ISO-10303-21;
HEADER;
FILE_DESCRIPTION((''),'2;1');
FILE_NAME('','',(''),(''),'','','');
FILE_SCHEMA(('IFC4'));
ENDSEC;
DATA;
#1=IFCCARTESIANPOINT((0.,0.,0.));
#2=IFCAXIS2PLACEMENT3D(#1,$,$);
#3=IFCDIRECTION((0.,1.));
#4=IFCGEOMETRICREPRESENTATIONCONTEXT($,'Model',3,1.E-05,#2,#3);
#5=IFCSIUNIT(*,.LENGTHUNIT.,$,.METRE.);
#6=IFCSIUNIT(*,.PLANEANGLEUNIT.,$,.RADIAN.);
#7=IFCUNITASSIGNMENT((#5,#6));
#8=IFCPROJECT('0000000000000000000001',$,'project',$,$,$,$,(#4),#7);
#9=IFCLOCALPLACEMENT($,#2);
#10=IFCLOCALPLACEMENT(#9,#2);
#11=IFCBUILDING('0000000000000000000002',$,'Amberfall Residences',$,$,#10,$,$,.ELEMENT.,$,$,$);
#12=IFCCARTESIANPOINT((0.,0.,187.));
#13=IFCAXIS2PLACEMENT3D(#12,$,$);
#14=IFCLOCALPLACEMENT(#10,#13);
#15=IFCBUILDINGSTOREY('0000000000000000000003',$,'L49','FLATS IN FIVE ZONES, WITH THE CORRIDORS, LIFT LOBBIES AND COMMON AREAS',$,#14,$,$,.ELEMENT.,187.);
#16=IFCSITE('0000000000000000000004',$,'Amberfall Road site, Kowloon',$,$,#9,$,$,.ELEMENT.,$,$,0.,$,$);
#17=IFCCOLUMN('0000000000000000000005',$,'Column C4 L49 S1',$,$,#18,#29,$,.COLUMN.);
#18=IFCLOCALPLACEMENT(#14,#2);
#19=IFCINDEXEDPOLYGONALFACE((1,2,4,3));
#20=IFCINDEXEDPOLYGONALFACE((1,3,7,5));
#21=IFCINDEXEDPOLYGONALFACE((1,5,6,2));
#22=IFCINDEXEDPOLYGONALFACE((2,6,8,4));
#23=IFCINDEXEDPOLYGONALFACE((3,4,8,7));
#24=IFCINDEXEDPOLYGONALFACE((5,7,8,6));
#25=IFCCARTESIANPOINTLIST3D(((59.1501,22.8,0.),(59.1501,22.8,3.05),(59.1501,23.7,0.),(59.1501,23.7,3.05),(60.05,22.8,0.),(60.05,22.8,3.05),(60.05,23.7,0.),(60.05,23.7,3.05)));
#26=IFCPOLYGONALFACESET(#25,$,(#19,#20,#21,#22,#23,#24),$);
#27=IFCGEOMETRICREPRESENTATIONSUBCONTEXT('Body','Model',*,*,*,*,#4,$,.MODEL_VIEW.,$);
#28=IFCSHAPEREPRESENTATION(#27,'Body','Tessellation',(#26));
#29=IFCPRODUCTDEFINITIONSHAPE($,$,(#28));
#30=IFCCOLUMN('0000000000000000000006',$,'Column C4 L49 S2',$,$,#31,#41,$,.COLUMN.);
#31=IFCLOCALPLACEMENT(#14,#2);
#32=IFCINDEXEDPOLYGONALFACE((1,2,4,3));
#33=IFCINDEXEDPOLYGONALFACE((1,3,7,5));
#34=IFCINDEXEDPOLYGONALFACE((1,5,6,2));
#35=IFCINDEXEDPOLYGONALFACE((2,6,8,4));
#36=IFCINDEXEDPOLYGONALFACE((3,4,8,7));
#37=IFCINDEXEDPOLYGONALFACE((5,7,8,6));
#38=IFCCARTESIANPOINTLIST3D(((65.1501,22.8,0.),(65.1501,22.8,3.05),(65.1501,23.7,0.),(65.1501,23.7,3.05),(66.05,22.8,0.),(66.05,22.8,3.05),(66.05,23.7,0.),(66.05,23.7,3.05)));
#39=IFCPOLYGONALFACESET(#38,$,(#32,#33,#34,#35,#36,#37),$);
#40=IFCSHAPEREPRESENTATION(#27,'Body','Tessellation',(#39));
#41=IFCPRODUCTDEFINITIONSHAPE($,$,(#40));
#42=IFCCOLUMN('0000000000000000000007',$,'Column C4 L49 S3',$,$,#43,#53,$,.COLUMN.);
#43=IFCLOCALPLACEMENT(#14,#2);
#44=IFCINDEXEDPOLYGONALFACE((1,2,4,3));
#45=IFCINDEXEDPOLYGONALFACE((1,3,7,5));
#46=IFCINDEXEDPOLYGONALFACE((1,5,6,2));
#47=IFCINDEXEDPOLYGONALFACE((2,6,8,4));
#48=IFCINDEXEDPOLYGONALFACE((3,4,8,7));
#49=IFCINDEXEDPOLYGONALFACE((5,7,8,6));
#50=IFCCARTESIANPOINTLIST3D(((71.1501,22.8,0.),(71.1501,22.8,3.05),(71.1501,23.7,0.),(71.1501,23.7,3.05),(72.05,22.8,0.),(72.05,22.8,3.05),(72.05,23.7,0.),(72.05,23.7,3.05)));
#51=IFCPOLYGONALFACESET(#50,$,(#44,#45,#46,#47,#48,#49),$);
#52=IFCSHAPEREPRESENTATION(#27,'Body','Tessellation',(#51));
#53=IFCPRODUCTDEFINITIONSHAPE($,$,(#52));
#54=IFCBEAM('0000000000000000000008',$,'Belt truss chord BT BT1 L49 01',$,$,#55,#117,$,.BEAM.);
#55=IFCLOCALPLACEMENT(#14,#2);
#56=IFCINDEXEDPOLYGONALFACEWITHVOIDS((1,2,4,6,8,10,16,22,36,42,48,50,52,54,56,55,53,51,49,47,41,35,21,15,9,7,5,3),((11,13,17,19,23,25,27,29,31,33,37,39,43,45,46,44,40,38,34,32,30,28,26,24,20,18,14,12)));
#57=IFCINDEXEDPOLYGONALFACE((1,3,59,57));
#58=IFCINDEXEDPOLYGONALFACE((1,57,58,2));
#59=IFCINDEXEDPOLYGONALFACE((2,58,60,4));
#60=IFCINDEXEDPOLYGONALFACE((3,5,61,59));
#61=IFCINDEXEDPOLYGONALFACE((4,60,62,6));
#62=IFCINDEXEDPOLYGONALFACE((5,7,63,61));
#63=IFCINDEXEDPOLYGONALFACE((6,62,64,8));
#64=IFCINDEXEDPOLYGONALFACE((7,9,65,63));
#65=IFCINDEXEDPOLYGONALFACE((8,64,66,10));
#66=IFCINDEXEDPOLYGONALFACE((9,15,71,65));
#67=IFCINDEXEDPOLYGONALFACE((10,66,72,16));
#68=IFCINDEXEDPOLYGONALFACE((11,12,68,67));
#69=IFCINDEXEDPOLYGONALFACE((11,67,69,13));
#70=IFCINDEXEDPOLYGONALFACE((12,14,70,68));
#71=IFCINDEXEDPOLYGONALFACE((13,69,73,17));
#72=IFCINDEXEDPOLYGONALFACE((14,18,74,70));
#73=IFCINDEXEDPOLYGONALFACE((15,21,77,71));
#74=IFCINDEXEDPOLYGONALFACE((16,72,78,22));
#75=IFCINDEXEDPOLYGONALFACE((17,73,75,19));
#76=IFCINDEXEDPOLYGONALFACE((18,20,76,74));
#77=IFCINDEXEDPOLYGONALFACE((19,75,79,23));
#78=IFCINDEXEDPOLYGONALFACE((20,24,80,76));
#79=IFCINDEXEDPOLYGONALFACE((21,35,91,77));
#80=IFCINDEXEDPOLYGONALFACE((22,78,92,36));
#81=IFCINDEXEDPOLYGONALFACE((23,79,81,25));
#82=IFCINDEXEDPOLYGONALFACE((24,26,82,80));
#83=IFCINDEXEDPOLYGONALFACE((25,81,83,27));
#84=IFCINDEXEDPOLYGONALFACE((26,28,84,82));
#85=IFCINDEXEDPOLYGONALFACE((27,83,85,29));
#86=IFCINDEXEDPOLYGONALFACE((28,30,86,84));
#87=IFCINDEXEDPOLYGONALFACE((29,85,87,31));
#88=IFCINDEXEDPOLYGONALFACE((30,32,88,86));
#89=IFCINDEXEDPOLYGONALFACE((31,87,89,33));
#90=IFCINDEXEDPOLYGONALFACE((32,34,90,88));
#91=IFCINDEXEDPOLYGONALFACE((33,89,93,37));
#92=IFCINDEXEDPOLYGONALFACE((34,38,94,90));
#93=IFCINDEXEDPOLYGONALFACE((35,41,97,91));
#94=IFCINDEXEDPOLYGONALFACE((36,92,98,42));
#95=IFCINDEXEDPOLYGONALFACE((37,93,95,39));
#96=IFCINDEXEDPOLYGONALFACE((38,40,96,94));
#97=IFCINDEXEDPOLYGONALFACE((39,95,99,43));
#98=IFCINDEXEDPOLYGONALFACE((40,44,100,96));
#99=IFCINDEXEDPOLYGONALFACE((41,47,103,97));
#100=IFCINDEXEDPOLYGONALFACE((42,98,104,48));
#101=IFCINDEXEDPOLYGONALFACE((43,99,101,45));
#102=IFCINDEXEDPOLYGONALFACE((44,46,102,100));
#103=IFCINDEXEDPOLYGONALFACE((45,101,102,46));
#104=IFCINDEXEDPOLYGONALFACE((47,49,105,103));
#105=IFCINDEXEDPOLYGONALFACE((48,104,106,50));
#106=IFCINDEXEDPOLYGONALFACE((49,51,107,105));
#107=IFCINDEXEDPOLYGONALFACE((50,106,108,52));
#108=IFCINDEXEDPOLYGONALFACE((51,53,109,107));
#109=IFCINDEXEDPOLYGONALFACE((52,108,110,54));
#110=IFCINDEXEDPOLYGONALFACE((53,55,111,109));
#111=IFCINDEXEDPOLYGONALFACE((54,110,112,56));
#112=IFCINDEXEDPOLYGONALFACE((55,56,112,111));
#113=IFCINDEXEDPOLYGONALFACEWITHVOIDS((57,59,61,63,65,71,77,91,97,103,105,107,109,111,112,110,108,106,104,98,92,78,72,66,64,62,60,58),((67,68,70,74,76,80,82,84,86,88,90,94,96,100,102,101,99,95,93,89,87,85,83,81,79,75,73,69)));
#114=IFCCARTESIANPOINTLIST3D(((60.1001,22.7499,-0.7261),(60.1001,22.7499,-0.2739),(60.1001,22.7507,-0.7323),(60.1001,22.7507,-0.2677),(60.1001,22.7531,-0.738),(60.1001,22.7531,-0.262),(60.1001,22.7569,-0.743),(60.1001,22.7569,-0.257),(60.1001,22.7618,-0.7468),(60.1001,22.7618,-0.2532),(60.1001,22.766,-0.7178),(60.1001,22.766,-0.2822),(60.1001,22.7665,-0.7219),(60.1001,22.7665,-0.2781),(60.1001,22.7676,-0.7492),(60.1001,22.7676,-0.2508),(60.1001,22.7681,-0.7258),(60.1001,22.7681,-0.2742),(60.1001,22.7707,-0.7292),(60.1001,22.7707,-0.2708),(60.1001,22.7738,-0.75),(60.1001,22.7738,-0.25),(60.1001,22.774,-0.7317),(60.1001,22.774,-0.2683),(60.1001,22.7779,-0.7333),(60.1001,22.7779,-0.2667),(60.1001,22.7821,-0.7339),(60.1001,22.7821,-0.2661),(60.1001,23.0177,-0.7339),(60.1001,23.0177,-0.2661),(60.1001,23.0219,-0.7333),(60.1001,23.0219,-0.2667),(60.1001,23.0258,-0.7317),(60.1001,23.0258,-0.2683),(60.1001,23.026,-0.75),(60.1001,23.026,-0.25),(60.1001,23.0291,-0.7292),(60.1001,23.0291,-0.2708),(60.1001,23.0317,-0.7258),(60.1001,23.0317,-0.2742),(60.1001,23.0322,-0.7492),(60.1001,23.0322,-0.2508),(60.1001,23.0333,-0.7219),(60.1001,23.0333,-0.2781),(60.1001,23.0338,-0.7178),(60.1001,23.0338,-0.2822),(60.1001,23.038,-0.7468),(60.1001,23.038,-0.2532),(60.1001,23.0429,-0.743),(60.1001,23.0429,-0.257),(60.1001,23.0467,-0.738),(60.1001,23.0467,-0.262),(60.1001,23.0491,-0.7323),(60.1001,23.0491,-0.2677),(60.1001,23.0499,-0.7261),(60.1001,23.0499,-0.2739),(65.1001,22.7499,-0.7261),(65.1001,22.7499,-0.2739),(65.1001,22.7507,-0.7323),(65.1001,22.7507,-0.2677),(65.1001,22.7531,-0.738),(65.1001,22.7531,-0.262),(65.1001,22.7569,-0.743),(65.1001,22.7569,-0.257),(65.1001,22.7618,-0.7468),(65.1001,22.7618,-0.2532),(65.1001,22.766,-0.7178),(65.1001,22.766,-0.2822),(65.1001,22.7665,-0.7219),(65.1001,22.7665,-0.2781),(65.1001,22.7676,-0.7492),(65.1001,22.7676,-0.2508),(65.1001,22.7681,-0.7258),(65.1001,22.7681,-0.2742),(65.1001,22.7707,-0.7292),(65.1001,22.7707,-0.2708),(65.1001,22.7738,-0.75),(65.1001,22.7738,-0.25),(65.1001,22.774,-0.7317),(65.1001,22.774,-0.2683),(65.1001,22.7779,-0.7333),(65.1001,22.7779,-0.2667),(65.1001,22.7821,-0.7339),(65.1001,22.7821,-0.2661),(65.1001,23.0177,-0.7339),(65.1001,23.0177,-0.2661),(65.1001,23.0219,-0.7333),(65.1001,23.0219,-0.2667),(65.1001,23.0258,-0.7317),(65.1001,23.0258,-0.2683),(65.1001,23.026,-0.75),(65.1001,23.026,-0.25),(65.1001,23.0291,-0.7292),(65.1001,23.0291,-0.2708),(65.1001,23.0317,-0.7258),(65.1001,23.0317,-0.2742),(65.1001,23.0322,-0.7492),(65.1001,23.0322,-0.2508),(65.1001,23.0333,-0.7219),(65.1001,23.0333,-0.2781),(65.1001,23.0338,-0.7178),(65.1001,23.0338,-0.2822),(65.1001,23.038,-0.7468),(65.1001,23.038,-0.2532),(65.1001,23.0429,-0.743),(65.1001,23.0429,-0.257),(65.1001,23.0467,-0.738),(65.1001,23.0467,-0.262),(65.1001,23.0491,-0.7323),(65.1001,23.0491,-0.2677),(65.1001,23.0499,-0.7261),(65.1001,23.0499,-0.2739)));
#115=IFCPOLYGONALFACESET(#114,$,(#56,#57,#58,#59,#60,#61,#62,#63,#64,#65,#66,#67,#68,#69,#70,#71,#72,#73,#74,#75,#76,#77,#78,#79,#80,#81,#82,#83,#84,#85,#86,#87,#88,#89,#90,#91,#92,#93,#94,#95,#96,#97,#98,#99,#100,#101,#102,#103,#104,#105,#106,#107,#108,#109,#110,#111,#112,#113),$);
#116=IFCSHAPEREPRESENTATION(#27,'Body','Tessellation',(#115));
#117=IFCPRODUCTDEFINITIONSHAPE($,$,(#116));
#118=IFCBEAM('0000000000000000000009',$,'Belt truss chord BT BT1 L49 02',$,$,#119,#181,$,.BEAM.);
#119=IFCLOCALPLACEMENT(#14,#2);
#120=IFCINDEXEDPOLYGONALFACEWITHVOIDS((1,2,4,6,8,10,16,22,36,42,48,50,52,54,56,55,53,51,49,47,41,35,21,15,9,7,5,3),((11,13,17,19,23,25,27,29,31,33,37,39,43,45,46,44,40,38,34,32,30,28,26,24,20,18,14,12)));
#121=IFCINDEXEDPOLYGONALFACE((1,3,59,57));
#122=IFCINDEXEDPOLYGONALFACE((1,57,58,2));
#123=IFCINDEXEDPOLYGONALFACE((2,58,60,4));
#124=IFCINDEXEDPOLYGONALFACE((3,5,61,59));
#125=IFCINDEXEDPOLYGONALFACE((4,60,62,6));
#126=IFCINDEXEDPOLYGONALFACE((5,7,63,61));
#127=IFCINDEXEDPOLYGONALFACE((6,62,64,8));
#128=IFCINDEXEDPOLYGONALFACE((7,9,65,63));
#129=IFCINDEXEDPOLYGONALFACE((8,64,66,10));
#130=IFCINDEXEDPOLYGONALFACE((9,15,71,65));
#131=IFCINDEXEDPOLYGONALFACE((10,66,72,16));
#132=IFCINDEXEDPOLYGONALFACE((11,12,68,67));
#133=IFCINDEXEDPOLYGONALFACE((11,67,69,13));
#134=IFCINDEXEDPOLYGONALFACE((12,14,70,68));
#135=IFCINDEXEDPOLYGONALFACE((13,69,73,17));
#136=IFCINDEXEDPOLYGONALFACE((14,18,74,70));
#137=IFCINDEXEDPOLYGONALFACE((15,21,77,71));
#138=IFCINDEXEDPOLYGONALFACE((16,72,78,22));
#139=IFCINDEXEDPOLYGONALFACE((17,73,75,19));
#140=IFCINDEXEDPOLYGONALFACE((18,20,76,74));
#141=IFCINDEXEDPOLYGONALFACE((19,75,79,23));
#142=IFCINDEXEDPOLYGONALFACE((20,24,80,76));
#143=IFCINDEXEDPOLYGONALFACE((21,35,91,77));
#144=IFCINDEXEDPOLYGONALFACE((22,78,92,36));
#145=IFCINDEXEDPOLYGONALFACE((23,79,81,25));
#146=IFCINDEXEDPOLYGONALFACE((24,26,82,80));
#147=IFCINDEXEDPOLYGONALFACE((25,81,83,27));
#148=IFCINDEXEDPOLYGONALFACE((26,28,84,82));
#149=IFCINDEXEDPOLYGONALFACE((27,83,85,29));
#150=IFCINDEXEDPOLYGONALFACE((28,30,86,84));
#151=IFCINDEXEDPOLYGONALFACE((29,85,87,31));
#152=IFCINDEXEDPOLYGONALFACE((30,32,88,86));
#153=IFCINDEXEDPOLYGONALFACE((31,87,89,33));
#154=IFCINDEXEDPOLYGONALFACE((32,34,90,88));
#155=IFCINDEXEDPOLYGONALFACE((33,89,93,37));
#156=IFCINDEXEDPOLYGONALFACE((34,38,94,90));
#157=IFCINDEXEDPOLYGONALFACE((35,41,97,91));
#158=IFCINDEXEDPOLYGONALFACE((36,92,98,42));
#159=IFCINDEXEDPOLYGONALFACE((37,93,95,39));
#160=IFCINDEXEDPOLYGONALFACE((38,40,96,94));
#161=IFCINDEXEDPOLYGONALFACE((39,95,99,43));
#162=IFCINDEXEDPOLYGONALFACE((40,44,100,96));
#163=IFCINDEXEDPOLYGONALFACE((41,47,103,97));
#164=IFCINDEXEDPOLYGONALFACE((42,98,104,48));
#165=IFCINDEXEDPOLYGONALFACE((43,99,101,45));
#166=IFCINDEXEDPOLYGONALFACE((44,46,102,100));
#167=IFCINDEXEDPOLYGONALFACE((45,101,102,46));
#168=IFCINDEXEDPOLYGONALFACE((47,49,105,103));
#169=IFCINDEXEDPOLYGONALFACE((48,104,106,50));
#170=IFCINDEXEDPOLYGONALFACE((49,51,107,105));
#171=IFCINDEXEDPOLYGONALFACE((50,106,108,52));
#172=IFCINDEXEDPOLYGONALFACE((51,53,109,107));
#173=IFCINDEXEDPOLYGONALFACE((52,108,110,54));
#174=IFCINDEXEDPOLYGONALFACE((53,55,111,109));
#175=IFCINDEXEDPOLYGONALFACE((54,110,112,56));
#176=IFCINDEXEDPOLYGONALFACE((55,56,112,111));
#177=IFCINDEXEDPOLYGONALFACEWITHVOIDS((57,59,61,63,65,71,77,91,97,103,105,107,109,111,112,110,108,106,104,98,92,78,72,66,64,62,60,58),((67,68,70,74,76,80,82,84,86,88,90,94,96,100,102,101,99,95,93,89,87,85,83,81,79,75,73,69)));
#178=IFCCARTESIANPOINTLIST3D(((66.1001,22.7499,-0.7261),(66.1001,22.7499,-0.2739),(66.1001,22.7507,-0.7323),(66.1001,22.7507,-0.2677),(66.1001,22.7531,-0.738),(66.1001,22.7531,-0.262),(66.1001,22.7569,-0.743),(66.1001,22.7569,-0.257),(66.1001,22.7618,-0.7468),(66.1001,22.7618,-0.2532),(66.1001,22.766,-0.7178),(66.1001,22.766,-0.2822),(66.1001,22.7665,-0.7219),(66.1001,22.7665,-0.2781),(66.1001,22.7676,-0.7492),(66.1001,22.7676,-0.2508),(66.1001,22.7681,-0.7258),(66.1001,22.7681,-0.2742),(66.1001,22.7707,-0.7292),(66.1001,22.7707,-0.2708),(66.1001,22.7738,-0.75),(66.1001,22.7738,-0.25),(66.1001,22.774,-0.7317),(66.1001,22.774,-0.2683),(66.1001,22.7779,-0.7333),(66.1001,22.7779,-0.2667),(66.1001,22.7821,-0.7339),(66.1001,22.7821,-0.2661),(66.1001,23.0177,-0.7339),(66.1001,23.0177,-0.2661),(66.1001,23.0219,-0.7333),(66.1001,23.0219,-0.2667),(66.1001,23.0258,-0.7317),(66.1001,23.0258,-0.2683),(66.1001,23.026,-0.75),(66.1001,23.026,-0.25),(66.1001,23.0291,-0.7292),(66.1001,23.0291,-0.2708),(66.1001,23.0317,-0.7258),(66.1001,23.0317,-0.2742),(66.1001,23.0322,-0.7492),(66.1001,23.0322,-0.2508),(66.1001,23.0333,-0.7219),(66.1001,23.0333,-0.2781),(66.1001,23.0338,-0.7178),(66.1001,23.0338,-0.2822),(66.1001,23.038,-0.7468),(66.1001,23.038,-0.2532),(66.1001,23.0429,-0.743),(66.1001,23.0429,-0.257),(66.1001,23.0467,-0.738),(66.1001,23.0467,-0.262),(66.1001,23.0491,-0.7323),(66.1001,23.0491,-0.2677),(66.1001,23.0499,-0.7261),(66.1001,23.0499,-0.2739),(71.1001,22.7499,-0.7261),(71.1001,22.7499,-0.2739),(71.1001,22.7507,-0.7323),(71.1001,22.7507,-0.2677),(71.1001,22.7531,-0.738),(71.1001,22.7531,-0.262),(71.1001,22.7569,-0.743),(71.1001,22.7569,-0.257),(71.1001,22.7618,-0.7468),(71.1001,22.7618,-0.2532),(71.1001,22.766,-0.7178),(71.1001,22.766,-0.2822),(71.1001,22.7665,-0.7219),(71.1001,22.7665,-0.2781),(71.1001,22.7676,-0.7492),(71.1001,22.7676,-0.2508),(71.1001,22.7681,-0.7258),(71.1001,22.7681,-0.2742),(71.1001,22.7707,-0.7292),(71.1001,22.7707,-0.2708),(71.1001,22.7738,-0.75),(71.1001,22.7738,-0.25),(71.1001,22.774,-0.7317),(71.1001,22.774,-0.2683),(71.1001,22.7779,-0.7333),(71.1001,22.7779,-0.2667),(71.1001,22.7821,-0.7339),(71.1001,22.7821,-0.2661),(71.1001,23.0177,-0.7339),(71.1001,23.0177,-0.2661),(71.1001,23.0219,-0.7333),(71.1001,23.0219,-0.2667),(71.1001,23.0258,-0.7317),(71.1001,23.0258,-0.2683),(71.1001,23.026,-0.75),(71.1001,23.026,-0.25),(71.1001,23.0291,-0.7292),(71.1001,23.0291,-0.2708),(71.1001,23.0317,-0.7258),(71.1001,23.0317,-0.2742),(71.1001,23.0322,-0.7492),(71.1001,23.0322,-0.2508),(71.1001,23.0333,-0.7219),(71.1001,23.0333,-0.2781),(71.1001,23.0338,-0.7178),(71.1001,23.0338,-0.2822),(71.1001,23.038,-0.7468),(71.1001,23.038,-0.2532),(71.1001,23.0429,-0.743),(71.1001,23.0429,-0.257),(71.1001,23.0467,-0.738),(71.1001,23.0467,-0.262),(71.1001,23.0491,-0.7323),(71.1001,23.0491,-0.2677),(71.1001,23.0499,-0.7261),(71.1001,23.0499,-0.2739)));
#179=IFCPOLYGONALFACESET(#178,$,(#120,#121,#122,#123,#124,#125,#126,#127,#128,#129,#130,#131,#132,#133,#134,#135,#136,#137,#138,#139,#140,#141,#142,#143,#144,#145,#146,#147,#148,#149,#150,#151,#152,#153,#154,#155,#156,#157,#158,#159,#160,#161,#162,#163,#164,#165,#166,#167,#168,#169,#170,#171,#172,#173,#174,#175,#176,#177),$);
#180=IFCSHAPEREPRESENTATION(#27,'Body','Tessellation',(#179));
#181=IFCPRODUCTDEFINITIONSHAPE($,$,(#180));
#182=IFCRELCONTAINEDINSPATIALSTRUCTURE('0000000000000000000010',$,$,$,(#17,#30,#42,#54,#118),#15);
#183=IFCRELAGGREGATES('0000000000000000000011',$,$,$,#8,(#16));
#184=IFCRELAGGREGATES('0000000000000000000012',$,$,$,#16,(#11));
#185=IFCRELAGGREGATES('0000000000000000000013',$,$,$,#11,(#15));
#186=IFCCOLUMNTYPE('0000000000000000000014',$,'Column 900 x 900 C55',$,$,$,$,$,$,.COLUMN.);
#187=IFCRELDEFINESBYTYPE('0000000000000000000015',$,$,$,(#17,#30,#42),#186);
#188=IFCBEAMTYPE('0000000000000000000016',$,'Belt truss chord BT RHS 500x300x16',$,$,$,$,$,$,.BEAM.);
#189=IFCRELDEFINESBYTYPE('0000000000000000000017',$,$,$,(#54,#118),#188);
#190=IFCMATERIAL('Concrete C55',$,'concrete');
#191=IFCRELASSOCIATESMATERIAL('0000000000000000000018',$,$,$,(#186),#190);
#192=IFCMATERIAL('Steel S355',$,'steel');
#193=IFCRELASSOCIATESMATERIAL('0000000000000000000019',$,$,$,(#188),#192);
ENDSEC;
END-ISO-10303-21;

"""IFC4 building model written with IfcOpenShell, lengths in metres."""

from ifc_helpers import new_model, si_unit, direction, frame, origin, origin_2d, place, context, subcontext, project, spatial, rectangle, hollow_rectangle, extrude, material, material_profile, profile_set, type_object, element, save


model = new_model("IFC4")

# Units and contexts
model_context = context("Model", 3, precision=1e-05, world=origin(), true_north=direction((0.0, 1.0)))
body_context = subcontext(model_context, "Body", "Model", "MODEL_VIEW")
ifc_project = project(units=[si_unit("LENGTHUNIT", "METRE"), si_unit("PLANEANGLEUNIT", "RADIAN")], contexts=[model_context])

# Site, building, storey
site_placement = place(None, origin())
site = spatial("IfcSite", under=ifc_project, at=site_placement, Name="Amberfall Road site, Kowloon", CompositionType="ELEMENT", RefElevation=0.0)
building_placement = place(site_placement, origin())
building = spatial("IfcBuilding", under=site, at=building_placement, Name="Amberfall Residences", CompositionType="ELEMENT")
storey_placement = place(building_placement, frame((0.0, 0.0, 187.0)))
storey = spatial("IfcBuildingStorey", under=building, at=storey_placement, Name="L49", Description="FLATS IN FIVE ZONES, WITH THE CORRIDORS, LIFT LOBBIES AND COMMON AREAS", CompositionType="ELEMENT", Elevation=187.0)

# Columns
ifc_material_1 = material(Name="Concrete C55", Category="concrete")
ifc_material_profile_1 = material_profile(ifc_material_1, rectangle(XDim=0.8999, YDim=0.8999, at=origin_2d()), Name="Column 900 x 900 C55")
ifc_profile_set_1 = profile_set([ifc_material_profile_1], Name="Concrete C55")
column_type = type_object("IfcColumnType", Name="Column 900 x 900 C55", PredefinedType="COLUMN", material=ifc_profile_set_1)
for number, where, z_axis, x_axis, name in (
    (1, (59.6001, 23.25, 0.0), (0.0, 0.0, 1.0), (1.0, 0.0, 0.0), "Column C4 L49 S1"),
    (2, (65.6001, 23.25, 0.0), (0.0, 0.0, 1.0), (1.0, 0.0, 0.0), "Column C4 L49 S2"),
    (3, (71.6001, 23.25, 0.0), (0.0, 0.0, 1.0), (1.0, 0.0, 0.0), "Column C4 L49 S3"),
):
    element("IfcColumn", number, at=place(storey_placement, frame(where, z_axis=z_axis, x_axis=x_axis)), inside=storey, type_object=column_type, Name=name, PredefinedType="COLUMN", context=body_context, shape_type="SweptSolid", body=[
        extrude(rectangle(XDim=0.8999, YDim=0.8999, at=origin_2d()), origin(), (0.0, 0.0, 1.0), 3.05),
    ])

# Beams
ifc_material_2 = material(Name="Steel S355", Category="steel")
ifc_material_profile_2 = material_profile(ifc_material_2, hollow_rectangle(XDim=0.3, YDim=0.5, WallThickness=0.0161, InnerFilletRadius=0.0161, OuterFilletRadius=0.0239, at=origin_2d()), Name="RHS 500x300x16")
ifc_profile_set_2 = profile_set([ifc_material_profile_2], Name="Steel S355")
beam_type_1 = type_object("IfcBeamType", Name="Belt truss chord BT RHS 500x300x16", PredefinedType="BEAM", material=ifc_profile_set_2)
for number, where, z_axis, x_axis, name in (
    (4, (60.1001, 22.8999, -0.5), (1.0, 0.0, 0.0), (0.0, 1.0, 0.0), "Belt truss chord BT BT1 L49 01"),
    (5, (66.1001, 22.8999, -0.5), (1.0, 0.0, 0.0), (0.0, 1.0, 0.0), "Belt truss chord BT BT1 L49 02"),
):
    element("IfcBeam", number, at=place(storey_placement, frame(where, z_axis=z_axis, x_axis=x_axis)), inside=storey, type_object=beam_type_1, Name=name, PredefinedType="BEAM", context=body_context, shape_type="SweptSolid", body=[
        extrude(hollow_rectangle(XDim=0.3, YDim=0.5, WallThickness=0.0161, InnerFilletRadius=0.0161, OuterFilletRadius=0.0239, at=origin_2d()), origin(), (0.0, 0.0, 1.0), 5.0),
    ])

save(model, "model.ifc")
